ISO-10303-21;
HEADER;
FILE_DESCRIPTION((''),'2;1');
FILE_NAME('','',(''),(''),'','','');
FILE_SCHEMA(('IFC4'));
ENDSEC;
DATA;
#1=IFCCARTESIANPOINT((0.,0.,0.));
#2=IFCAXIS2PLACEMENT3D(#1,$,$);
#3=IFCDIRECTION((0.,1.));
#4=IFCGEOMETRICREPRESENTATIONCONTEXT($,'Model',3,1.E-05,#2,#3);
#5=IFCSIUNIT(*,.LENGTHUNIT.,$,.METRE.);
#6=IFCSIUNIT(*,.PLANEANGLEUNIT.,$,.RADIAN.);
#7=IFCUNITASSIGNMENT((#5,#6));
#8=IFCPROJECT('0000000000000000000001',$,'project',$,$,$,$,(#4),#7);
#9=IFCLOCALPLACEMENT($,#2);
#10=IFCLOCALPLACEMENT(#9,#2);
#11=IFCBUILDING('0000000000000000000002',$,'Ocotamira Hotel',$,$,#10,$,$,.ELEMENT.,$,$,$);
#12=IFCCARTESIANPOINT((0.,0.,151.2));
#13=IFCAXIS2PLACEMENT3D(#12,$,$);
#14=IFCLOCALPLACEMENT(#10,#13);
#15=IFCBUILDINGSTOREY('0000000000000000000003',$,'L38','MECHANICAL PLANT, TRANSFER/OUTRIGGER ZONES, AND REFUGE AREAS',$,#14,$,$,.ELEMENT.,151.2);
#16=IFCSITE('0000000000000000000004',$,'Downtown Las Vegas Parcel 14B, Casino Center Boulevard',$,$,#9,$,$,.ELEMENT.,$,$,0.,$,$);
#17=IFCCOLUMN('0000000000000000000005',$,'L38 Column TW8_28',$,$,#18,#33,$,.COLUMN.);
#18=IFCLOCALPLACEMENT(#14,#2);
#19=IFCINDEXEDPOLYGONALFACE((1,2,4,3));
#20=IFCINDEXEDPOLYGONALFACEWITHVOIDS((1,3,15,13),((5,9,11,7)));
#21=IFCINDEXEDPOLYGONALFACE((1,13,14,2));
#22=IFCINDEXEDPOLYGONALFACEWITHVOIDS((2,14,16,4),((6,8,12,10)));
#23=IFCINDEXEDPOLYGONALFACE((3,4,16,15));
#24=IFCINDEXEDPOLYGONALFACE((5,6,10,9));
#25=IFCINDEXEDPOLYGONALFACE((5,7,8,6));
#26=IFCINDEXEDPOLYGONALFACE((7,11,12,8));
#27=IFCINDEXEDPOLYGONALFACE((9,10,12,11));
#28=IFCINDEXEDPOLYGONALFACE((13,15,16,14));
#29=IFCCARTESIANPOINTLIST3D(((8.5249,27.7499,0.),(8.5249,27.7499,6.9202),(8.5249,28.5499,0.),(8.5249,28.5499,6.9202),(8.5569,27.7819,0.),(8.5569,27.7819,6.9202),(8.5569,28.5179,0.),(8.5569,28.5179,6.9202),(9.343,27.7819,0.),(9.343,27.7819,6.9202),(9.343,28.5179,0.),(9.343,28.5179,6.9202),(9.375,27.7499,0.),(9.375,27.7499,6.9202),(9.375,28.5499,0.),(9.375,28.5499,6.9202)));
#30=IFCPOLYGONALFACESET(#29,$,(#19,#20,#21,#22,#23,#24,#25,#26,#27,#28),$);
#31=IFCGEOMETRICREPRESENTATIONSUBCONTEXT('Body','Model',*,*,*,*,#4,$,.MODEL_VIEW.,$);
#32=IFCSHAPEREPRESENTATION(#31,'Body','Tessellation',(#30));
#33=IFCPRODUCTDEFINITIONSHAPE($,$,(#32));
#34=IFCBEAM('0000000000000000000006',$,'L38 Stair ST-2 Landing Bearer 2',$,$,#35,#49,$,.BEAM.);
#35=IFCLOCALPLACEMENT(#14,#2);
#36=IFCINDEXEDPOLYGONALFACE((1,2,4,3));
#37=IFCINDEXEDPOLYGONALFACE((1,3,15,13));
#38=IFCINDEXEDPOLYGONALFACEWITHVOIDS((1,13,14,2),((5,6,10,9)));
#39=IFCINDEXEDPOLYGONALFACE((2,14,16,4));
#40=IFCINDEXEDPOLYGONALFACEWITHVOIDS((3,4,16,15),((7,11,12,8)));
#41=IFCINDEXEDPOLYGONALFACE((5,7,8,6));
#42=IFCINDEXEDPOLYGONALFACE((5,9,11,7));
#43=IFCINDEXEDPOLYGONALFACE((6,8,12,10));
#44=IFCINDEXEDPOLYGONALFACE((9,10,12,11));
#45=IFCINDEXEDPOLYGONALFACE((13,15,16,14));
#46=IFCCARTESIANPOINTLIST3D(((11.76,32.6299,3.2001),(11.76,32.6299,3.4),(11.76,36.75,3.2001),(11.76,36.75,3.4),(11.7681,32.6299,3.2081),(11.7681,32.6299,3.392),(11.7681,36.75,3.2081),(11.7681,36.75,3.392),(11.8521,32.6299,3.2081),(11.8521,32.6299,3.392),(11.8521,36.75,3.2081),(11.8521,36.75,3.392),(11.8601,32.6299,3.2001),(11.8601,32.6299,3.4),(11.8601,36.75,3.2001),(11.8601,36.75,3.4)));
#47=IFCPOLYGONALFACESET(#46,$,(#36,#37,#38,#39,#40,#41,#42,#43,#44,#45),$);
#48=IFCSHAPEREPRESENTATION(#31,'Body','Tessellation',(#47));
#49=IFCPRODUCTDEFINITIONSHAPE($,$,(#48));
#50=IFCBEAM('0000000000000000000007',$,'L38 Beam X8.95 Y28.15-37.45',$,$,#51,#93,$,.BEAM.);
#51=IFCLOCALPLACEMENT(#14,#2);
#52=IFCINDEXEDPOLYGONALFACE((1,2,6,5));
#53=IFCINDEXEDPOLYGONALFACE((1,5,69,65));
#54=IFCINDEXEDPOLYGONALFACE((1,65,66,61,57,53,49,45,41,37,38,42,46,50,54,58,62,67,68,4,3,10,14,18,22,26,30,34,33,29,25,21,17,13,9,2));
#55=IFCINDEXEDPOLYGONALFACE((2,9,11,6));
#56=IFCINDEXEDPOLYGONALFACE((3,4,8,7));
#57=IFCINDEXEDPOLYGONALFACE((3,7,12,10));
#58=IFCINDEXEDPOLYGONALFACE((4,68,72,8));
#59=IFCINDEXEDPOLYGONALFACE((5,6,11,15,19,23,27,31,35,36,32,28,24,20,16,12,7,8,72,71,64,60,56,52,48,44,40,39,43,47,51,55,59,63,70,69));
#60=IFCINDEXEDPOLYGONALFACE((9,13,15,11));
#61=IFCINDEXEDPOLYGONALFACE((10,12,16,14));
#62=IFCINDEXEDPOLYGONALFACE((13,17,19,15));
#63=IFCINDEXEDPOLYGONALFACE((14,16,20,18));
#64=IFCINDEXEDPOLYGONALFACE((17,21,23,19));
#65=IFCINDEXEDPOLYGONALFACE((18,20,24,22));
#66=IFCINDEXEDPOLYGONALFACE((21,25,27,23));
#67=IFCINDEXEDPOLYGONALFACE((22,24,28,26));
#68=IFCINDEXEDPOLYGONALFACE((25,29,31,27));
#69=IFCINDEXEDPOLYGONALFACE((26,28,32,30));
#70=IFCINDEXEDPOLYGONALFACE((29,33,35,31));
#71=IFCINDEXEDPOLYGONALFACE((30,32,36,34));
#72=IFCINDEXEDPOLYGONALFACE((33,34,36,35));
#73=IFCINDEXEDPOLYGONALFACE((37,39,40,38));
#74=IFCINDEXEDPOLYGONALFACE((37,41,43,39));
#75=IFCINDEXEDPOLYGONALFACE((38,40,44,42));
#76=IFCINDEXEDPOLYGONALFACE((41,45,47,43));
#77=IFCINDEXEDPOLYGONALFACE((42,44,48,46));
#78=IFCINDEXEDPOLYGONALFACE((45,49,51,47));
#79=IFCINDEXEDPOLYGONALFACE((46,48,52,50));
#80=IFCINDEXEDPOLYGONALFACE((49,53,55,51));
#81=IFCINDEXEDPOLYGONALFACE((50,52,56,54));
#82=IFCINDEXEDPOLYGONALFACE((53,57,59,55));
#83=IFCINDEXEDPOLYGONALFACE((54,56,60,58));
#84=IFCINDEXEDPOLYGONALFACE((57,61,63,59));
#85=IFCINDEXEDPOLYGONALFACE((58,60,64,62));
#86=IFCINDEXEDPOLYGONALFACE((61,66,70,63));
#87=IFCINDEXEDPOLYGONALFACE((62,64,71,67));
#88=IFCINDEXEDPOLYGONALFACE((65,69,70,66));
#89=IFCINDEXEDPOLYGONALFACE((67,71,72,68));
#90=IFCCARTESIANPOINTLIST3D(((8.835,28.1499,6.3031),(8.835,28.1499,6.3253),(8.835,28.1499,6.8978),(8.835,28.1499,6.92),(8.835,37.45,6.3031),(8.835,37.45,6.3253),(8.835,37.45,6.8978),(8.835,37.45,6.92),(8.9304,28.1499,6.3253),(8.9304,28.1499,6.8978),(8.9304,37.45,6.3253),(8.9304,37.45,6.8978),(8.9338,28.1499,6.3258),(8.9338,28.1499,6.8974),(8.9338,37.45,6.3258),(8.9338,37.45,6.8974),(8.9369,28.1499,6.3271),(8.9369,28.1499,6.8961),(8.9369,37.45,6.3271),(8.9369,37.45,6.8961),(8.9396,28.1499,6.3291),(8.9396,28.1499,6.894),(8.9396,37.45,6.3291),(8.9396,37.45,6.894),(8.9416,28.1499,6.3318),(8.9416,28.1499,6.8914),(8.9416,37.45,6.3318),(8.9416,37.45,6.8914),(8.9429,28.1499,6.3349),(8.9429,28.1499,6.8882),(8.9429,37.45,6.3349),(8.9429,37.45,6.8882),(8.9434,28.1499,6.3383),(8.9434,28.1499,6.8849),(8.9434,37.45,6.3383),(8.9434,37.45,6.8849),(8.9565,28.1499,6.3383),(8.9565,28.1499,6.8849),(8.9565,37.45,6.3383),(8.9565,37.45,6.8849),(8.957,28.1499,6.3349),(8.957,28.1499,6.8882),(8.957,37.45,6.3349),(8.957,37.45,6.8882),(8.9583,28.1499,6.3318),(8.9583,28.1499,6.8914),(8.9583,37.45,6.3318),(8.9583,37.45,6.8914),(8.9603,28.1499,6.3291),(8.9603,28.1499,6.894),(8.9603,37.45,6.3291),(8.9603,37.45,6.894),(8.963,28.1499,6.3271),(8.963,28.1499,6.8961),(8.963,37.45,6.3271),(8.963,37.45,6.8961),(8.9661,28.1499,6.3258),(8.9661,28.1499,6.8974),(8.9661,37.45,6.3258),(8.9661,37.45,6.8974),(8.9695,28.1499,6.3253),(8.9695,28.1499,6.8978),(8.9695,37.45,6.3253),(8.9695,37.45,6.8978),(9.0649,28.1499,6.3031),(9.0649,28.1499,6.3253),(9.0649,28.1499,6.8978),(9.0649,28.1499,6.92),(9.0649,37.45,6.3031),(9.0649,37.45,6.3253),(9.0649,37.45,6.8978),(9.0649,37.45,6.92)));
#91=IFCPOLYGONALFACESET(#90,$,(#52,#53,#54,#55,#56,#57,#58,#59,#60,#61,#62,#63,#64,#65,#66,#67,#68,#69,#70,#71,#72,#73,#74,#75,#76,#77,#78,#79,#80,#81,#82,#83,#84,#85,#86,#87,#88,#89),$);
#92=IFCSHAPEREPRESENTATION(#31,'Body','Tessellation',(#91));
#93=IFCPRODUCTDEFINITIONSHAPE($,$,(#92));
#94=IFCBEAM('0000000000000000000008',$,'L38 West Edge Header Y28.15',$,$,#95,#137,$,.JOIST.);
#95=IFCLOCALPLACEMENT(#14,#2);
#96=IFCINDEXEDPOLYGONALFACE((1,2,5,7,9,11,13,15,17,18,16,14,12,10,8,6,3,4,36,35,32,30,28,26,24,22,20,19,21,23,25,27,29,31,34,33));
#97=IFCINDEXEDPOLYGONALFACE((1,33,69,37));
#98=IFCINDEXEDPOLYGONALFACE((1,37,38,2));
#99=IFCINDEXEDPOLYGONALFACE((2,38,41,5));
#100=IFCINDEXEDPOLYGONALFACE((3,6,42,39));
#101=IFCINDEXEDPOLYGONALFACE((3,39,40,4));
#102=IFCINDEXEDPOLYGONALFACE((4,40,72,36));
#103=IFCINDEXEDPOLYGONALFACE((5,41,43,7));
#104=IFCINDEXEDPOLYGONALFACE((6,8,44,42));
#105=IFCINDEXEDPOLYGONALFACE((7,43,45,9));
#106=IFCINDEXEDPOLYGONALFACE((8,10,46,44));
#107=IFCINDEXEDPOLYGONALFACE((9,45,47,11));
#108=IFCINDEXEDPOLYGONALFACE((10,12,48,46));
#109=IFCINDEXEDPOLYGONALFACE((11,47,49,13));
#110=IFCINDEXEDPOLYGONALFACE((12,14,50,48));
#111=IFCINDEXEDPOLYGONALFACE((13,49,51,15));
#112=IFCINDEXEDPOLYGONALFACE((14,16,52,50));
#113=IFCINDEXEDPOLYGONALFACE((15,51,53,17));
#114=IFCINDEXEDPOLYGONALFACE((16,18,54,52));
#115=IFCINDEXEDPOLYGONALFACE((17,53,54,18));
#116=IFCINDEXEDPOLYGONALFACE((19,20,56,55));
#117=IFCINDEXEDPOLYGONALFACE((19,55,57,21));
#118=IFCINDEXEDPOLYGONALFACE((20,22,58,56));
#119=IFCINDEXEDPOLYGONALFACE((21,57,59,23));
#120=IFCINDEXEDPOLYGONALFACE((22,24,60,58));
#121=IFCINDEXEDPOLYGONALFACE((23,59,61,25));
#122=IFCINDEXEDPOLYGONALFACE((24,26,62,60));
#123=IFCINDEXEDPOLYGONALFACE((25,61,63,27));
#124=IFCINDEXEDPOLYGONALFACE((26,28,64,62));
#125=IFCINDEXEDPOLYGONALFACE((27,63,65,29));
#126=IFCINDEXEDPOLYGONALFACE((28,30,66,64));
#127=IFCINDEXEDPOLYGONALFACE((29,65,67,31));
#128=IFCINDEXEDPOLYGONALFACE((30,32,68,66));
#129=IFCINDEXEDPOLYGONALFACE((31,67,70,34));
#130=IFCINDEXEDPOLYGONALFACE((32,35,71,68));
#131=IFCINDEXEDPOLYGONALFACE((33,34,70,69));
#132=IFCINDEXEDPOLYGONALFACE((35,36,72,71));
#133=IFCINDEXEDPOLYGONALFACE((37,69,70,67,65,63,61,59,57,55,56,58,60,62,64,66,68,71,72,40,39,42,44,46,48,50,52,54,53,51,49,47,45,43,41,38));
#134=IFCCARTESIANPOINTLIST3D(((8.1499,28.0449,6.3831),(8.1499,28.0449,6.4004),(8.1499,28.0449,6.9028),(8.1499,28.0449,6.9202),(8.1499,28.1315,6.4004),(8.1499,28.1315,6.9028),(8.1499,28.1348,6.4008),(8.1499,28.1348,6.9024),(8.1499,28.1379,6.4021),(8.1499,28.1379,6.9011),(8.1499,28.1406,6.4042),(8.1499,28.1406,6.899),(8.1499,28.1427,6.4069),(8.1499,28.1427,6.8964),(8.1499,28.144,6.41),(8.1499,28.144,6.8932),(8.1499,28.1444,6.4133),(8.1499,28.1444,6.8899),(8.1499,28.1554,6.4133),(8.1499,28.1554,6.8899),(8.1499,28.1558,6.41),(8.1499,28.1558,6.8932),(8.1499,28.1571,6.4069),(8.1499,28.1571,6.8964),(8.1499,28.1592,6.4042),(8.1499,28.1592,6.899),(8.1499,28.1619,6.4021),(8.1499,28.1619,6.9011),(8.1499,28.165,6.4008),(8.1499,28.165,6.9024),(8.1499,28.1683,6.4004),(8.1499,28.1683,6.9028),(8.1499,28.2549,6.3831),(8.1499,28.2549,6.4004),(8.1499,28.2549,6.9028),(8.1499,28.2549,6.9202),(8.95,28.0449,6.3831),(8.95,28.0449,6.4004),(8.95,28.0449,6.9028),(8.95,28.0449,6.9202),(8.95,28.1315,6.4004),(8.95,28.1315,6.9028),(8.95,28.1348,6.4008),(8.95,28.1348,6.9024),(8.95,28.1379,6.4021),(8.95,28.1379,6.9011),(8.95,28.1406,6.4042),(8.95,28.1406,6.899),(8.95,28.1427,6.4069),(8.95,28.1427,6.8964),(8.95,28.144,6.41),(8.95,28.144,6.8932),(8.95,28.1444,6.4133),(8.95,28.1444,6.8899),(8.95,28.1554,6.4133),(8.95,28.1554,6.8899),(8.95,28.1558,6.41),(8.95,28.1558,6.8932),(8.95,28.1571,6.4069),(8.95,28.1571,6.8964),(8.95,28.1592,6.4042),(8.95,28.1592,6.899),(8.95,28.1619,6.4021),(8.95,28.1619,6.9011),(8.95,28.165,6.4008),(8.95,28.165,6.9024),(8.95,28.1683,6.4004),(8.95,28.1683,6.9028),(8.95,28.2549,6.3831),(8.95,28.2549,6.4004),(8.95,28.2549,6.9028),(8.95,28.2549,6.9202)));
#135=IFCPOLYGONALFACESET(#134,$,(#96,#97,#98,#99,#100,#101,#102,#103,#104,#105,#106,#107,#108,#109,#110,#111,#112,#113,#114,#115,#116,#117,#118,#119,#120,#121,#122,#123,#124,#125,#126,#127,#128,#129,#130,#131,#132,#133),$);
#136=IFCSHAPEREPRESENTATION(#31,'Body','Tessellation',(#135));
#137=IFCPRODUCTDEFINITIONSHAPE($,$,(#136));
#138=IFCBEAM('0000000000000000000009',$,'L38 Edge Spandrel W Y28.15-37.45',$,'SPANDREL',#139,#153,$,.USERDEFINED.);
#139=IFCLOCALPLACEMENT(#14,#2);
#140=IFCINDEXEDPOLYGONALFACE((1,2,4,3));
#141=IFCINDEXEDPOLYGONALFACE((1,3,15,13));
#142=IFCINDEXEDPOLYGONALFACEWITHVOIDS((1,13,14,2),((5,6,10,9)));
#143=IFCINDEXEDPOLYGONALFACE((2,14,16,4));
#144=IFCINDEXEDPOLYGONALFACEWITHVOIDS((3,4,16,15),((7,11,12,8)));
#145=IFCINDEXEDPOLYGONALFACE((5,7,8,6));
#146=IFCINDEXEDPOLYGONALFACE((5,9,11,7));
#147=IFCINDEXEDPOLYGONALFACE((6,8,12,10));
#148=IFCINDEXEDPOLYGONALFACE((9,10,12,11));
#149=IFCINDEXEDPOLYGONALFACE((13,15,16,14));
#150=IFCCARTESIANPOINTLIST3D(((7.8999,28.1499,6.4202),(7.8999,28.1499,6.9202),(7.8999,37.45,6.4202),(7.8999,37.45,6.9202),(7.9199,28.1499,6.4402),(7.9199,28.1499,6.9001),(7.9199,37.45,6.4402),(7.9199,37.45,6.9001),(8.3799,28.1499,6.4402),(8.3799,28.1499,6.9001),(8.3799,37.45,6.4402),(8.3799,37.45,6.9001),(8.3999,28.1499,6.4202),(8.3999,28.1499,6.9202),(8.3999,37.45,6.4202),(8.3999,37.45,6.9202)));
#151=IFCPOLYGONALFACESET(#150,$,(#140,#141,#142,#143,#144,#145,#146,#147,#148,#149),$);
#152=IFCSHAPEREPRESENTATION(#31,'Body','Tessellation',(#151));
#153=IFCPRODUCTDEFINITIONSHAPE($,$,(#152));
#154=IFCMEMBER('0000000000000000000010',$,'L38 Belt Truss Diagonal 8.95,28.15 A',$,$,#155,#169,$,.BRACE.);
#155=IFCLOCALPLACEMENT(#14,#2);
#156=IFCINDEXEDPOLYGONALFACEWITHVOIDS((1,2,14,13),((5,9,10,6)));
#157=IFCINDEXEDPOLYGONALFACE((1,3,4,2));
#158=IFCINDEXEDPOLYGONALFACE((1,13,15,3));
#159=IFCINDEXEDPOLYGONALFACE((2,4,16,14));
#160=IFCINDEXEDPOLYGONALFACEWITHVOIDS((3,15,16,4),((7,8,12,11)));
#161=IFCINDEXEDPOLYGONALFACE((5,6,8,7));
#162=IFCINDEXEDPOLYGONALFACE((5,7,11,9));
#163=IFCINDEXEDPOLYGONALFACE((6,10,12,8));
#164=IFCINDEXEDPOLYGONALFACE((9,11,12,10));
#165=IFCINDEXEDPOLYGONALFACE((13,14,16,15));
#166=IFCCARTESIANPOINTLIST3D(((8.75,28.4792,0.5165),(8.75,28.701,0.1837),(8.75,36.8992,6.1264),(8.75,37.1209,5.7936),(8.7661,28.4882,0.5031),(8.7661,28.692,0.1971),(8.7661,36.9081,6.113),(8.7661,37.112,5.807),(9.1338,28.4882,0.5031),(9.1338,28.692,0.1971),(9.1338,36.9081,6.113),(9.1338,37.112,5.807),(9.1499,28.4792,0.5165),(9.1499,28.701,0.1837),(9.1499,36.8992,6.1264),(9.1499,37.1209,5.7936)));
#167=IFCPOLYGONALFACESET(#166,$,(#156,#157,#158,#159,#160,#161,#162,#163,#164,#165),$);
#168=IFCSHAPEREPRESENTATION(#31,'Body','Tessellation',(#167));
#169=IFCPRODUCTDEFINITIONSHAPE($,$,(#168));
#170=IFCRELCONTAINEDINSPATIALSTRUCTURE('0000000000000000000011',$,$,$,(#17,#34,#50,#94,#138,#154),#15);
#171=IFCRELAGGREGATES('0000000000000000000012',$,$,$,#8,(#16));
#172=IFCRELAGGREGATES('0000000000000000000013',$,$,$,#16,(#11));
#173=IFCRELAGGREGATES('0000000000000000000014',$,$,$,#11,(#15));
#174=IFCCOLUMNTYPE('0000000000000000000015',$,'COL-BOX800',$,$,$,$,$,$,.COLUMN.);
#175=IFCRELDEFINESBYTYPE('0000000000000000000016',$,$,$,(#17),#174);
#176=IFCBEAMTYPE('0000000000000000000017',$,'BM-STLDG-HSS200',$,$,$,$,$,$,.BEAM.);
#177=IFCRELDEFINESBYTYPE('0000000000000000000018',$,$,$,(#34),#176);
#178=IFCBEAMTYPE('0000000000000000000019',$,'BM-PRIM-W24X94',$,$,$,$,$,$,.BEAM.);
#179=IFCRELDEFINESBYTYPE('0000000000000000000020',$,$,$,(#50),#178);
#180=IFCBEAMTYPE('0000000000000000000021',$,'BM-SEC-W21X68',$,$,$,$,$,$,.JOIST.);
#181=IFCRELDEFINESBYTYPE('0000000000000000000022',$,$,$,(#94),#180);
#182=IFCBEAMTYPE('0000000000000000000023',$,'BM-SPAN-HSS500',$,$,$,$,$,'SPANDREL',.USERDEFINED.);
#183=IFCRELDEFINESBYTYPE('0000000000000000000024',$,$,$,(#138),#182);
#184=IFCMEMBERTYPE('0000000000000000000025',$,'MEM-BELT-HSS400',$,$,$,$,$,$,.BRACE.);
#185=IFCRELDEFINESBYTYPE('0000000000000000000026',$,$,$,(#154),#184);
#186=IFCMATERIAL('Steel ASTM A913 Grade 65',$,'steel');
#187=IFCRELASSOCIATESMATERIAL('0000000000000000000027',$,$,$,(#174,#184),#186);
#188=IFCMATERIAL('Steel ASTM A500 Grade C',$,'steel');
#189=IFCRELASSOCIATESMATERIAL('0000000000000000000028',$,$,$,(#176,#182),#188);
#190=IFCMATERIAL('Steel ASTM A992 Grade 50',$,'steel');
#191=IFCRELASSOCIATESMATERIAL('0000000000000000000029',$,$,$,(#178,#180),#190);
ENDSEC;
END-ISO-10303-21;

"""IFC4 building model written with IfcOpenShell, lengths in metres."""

from ifc_helpers import new_model, si_unit, direction, frame, origin, origin_2d, place, context, subcontext, project, spatial, hollow_rectangle, i_section, extrude, source, transform, mapped, material, material_profile, profile_set, type_object, element, save


model = new_model("IFC4")

# Units and contexts
model_context = context("Model", 3, precision=1e-05, world=origin(), true_north=direction((0.0, 1.0)))
body_context = subcontext(model_context, "Body", "Model", "MODEL_VIEW")
ifc_project = project(units=[si_unit("LENGTHUNIT", "METRE"), si_unit("PLANEANGLEUNIT", "RADIAN")], contexts=[model_context])

# Site, building, storey
site_placement = place(None, origin())
site = spatial("IfcSite", under=ifc_project, at=site_placement, Name="Downtown Las Vegas Parcel 14B, Casino Center Boulevard", CompositionType="ELEMENT", RefElevation=0.0)
building_placement = place(site_placement, origin())
building = spatial("IfcBuilding", under=site, at=building_placement, Name="Ocotamira Hotel", CompositionType="ELEMENT")
storey_placement = place(building_placement, frame((0.0, 0.0, 151.2)))
storey = spatial("IfcBuildingStorey", under=building, at=storey_placement, Name="L38", Description="MECHANICAL PLANT, TRANSFER/OUTRIGGER ZONES, AND REFUGE AREAS", CompositionType="ELEMENT", Elevation=151.2)

# Column
ifc_material_1 = material(Name="Steel ASTM A913 Grade 65", Category="steel")
ifc_material_profile_1 = material_profile(ifc_material_1, hollow_rectangle(XDim=0.8501, YDim=0.8, WallThickness=0.032, at=origin_2d()), Name="BOX800X850X32")
ifc_profile_set_1 = profile_set([ifc_material_profile_1], Name="Steel ASTM A913 Grade 65")
column_type = type_object("IfcColumnType", Name="COL-BOX800", PredefinedType="COLUMN", material=ifc_profile_set_1)
shared_shape_1 = source(origin(), body_context, "Body", "SweptSolid", [
    extrude(hollow_rectangle(XDim=0.8501, YDim=0.8, WallThickness=0.032, at=origin_2d()), origin(), (0.0, 0.0, 1.0), 6.9202),
])
column_placement = place(storey_placement, frame((8.95, 28.1499, 0.0), z_axis=(0.0, 0.0, 1.0), x_axis=(1.0, 0.0, 0.0)))
element("IfcColumn", 1, at=column_placement, inside=storey, type_object=column_type, Name="L38 Column TW8_28", PredefinedType="COLUMN", context=body_context, shape_type="MappedRepresentation", body=[
    mapped(shared_shape_1, transform((0.0, 0.0, 0.0), scale=1.0)),
])

# Beams
ifc_material_2 = material(Name="Steel ASTM A500 Grade C", Category="steel")
ifc_material_profile_2 = material_profile(ifc_material_2, hollow_rectangle(XDim=0.1001, YDim=0.2, WallThickness=0.0081, at=origin_2d()), Name="HSS200X100X8")
ifc_profile_set_2 = profile_set([ifc_material_profile_2], Name="Steel ASTM A500 Grade C")
beam_type_1 = type_object("IfcBeamType", Name="BM-STLDG-HSS200", PredefinedType="BEAM", material=ifc_profile_set_2)
shared_shape_2 = source(origin(), body_context, "Body", "SweptSolid", [
    extrude(hollow_rectangle(XDim=0.1001, YDim=0.2, WallThickness=0.0081, at=origin_2d()), origin(), (0.0, 0.0, 1.0), 4.1201),
])
beam_1_placement = place(storey_placement, frame((11.8101, 32.6299, 3.3), z_axis=(0.0, 1.0, 0.0), x_axis=(-1.0, 0.0, 0.0)))
element("IfcBeam", 2, at=beam_1_placement, inside=storey, type_object=beam_type_1, Name="L38 Stair ST-2 Landing Bearer 2", PredefinedType="BEAM", context=body_context, shape_type="MappedRepresentation", body=[
    mapped(shared_shape_2, transform((0.0, 0.0, 0.0), scale=1.0)),
])
ifc_material_3 = material(Name="Steel ASTM A992 Grade 50", Category="steel")
ifc_material_profile_3 = material_profile(ifc_material_3, i_section(OverallWidth=0.23, OverallDepth=0.6169, WebThickness=0.0132, FlangeThickness=0.0222, FilletRadius=0.0129, at=origin_2d()), Name="W24X94")
ifc_profile_set_3 = profile_set([ifc_material_profile_3], Name="Steel ASTM A992 Grade 50")
beam_type_2 = type_object("IfcBeamType", Name="BM-PRIM-W24X94", PredefinedType="BEAM", material=ifc_profile_set_3)
shared_shape_3 = source(origin(), body_context, "Body", "SweptSolid", [
    extrude(i_section(OverallWidth=0.23, OverallDepth=0.6169, WebThickness=0.0132, FlangeThickness=0.0222, FilletRadius=0.0129, at=origin_2d()), origin(), (0.0, 0.0, 1.0), 9.3),
])
beam_2_placement = place(storey_placement, frame((8.95, 28.1499, 6.6116), z_axis=(0.0, 1.0, 0.0), x_axis=(-1.0, 0.0, 0.0)))
element("IfcBeam", 3, at=beam_2_placement, inside=storey, type_object=beam_type_2, Name="L38 Beam X8.95 Y28.15-37.45", PredefinedType="BEAM", context=body_context, shape_type="MappedRepresentation", body=[
    mapped(shared_shape_3, transform((0.0, 0.0, 0.0), scale=1.0)),
])
ifc_material_profile_4 = material_profile(ifc_material_3, i_section(OverallWidth=0.21, OverallDepth=0.5371, WebThickness=0.011, FlangeThickness=0.0173, FilletRadius=0.0129, at=origin_2d()), Name="W21X68")
ifc_profile_set_4 = profile_set([ifc_material_profile_4], Name="Steel ASTM A992 Grade 50")
beam_type_3 = type_object("IfcBeamType", Name="BM-SEC-W21X68", PredefinedType="JOIST", material=ifc_profile_set_4)
shared_shape_4 = source(origin(), body_context, "Body", "SweptSolid", [
    extrude(i_section(OverallWidth=0.21, OverallDepth=0.5371, WebThickness=0.011, FlangeThickness=0.0173, FilletRadius=0.0129, at=origin_2d()), origin(), (0.0, 0.0, 1.0), 0.8),
])
beam_3_placement = place(storey_placement, frame((8.95, 28.1499, 6.6516), z_axis=(-1.0, 0.0, 0.0), x_axis=(0.0, -1.0, 0.0)))
element("IfcBeam", 4, at=beam_3_placement, inside=storey, type_object=beam_type_3, Name="L38 West Edge Header Y28.15", PredefinedType="JOIST", context=body_context, shape_type="MappedRepresentation", body=[
    mapped(shared_shape_4, transform((0.0, 0.0, 0.0), scale=1.0)),
])
ifc_material_profile_5 = material_profile(ifc_material_2, hollow_rectangle(XDim=0.5, YDim=0.5, WallThickness=0.02, at=origin_2d()), Name="HSS500X500X20")
ifc_profile_set_5 = profile_set([ifc_material_profile_5], Name="Steel ASTM A500 Grade C")
beam_type_4 = type_object("IfcBeamType", Name="BM-SPAN-HSS500", ElementType="SPANDREL", PredefinedType="USERDEFINED", material=ifc_profile_set_5)
shared_shape_5 = source(origin(), body_context, "Body", "SweptSolid", [
    extrude(hollow_rectangle(XDim=0.5, YDim=0.5, WallThickness=0.02, at=origin_2d()), origin(), (0.0, 0.0, 1.0), 9.3),
])
beam_4_placement = place(storey_placement, frame((8.1499, 28.1499, 6.6702), z_axis=(0.0, 1.0, 0.0), x_axis=(-1.0, 0.0, 0.0)))
element("IfcBeam", 5, at=beam_4_placement, inside=storey, type_object=beam_type_4, Name="L38 Edge Spandrel W Y28.15-37.45", ObjectType="SPANDREL", PredefinedType="USERDEFINED", context=body_context, shape_type="MappedRepresentation", body=[
    mapped(shared_shape_5, transform((0.0, 0.0, 0.0), scale=1.0)),
])

# Member
ifc_material_profile_6 = material_profile(ifc_material_1, hollow_rectangle(XDim=0.3999, YDim=0.3999, WallThickness=0.0161, at=origin_2d()), Name="HSS400X400X16")
ifc_profile_set_6 = profile_set([ifc_material_profile_6], Name="Steel ASTM A913 Grade 65")
member_type_1 = type_object("IfcMemberType", Name="MEM-BELT-HSS400", PredefinedType="BRACE", material=ifc_profile_set_6)
shared_shape_6 = source(origin(), body_context, "Body", "SweptSolid", [
    extrude(hollow_rectangle(XDim=0.3999, YDim=0.3999, WallThickness=0.0161, at=origin_2d()), origin(), (0.0, 0.0, 1.0), 10.1177),
])
member_1_placement = place(storey_placement, frame((8.95, 28.5901, 0.3501), z_axis=(0.0, 0.832206, 0.554466), x_axis=(-1.0, 0.0, 0.0)))
element("IfcMember", 6, at=member_1_placement, inside=storey, type_object=member_type_1, Name="L38 Belt Truss Diagonal 8.95,28.15 A", PredefinedType="BRACE", context=body_context, shape_type="MappedRepresentation", body=[
    mapped(shared_shape_6, transform((0.0, 0.0, 0.0), scale=1.0)),
])

save(model, "model.ifc")
